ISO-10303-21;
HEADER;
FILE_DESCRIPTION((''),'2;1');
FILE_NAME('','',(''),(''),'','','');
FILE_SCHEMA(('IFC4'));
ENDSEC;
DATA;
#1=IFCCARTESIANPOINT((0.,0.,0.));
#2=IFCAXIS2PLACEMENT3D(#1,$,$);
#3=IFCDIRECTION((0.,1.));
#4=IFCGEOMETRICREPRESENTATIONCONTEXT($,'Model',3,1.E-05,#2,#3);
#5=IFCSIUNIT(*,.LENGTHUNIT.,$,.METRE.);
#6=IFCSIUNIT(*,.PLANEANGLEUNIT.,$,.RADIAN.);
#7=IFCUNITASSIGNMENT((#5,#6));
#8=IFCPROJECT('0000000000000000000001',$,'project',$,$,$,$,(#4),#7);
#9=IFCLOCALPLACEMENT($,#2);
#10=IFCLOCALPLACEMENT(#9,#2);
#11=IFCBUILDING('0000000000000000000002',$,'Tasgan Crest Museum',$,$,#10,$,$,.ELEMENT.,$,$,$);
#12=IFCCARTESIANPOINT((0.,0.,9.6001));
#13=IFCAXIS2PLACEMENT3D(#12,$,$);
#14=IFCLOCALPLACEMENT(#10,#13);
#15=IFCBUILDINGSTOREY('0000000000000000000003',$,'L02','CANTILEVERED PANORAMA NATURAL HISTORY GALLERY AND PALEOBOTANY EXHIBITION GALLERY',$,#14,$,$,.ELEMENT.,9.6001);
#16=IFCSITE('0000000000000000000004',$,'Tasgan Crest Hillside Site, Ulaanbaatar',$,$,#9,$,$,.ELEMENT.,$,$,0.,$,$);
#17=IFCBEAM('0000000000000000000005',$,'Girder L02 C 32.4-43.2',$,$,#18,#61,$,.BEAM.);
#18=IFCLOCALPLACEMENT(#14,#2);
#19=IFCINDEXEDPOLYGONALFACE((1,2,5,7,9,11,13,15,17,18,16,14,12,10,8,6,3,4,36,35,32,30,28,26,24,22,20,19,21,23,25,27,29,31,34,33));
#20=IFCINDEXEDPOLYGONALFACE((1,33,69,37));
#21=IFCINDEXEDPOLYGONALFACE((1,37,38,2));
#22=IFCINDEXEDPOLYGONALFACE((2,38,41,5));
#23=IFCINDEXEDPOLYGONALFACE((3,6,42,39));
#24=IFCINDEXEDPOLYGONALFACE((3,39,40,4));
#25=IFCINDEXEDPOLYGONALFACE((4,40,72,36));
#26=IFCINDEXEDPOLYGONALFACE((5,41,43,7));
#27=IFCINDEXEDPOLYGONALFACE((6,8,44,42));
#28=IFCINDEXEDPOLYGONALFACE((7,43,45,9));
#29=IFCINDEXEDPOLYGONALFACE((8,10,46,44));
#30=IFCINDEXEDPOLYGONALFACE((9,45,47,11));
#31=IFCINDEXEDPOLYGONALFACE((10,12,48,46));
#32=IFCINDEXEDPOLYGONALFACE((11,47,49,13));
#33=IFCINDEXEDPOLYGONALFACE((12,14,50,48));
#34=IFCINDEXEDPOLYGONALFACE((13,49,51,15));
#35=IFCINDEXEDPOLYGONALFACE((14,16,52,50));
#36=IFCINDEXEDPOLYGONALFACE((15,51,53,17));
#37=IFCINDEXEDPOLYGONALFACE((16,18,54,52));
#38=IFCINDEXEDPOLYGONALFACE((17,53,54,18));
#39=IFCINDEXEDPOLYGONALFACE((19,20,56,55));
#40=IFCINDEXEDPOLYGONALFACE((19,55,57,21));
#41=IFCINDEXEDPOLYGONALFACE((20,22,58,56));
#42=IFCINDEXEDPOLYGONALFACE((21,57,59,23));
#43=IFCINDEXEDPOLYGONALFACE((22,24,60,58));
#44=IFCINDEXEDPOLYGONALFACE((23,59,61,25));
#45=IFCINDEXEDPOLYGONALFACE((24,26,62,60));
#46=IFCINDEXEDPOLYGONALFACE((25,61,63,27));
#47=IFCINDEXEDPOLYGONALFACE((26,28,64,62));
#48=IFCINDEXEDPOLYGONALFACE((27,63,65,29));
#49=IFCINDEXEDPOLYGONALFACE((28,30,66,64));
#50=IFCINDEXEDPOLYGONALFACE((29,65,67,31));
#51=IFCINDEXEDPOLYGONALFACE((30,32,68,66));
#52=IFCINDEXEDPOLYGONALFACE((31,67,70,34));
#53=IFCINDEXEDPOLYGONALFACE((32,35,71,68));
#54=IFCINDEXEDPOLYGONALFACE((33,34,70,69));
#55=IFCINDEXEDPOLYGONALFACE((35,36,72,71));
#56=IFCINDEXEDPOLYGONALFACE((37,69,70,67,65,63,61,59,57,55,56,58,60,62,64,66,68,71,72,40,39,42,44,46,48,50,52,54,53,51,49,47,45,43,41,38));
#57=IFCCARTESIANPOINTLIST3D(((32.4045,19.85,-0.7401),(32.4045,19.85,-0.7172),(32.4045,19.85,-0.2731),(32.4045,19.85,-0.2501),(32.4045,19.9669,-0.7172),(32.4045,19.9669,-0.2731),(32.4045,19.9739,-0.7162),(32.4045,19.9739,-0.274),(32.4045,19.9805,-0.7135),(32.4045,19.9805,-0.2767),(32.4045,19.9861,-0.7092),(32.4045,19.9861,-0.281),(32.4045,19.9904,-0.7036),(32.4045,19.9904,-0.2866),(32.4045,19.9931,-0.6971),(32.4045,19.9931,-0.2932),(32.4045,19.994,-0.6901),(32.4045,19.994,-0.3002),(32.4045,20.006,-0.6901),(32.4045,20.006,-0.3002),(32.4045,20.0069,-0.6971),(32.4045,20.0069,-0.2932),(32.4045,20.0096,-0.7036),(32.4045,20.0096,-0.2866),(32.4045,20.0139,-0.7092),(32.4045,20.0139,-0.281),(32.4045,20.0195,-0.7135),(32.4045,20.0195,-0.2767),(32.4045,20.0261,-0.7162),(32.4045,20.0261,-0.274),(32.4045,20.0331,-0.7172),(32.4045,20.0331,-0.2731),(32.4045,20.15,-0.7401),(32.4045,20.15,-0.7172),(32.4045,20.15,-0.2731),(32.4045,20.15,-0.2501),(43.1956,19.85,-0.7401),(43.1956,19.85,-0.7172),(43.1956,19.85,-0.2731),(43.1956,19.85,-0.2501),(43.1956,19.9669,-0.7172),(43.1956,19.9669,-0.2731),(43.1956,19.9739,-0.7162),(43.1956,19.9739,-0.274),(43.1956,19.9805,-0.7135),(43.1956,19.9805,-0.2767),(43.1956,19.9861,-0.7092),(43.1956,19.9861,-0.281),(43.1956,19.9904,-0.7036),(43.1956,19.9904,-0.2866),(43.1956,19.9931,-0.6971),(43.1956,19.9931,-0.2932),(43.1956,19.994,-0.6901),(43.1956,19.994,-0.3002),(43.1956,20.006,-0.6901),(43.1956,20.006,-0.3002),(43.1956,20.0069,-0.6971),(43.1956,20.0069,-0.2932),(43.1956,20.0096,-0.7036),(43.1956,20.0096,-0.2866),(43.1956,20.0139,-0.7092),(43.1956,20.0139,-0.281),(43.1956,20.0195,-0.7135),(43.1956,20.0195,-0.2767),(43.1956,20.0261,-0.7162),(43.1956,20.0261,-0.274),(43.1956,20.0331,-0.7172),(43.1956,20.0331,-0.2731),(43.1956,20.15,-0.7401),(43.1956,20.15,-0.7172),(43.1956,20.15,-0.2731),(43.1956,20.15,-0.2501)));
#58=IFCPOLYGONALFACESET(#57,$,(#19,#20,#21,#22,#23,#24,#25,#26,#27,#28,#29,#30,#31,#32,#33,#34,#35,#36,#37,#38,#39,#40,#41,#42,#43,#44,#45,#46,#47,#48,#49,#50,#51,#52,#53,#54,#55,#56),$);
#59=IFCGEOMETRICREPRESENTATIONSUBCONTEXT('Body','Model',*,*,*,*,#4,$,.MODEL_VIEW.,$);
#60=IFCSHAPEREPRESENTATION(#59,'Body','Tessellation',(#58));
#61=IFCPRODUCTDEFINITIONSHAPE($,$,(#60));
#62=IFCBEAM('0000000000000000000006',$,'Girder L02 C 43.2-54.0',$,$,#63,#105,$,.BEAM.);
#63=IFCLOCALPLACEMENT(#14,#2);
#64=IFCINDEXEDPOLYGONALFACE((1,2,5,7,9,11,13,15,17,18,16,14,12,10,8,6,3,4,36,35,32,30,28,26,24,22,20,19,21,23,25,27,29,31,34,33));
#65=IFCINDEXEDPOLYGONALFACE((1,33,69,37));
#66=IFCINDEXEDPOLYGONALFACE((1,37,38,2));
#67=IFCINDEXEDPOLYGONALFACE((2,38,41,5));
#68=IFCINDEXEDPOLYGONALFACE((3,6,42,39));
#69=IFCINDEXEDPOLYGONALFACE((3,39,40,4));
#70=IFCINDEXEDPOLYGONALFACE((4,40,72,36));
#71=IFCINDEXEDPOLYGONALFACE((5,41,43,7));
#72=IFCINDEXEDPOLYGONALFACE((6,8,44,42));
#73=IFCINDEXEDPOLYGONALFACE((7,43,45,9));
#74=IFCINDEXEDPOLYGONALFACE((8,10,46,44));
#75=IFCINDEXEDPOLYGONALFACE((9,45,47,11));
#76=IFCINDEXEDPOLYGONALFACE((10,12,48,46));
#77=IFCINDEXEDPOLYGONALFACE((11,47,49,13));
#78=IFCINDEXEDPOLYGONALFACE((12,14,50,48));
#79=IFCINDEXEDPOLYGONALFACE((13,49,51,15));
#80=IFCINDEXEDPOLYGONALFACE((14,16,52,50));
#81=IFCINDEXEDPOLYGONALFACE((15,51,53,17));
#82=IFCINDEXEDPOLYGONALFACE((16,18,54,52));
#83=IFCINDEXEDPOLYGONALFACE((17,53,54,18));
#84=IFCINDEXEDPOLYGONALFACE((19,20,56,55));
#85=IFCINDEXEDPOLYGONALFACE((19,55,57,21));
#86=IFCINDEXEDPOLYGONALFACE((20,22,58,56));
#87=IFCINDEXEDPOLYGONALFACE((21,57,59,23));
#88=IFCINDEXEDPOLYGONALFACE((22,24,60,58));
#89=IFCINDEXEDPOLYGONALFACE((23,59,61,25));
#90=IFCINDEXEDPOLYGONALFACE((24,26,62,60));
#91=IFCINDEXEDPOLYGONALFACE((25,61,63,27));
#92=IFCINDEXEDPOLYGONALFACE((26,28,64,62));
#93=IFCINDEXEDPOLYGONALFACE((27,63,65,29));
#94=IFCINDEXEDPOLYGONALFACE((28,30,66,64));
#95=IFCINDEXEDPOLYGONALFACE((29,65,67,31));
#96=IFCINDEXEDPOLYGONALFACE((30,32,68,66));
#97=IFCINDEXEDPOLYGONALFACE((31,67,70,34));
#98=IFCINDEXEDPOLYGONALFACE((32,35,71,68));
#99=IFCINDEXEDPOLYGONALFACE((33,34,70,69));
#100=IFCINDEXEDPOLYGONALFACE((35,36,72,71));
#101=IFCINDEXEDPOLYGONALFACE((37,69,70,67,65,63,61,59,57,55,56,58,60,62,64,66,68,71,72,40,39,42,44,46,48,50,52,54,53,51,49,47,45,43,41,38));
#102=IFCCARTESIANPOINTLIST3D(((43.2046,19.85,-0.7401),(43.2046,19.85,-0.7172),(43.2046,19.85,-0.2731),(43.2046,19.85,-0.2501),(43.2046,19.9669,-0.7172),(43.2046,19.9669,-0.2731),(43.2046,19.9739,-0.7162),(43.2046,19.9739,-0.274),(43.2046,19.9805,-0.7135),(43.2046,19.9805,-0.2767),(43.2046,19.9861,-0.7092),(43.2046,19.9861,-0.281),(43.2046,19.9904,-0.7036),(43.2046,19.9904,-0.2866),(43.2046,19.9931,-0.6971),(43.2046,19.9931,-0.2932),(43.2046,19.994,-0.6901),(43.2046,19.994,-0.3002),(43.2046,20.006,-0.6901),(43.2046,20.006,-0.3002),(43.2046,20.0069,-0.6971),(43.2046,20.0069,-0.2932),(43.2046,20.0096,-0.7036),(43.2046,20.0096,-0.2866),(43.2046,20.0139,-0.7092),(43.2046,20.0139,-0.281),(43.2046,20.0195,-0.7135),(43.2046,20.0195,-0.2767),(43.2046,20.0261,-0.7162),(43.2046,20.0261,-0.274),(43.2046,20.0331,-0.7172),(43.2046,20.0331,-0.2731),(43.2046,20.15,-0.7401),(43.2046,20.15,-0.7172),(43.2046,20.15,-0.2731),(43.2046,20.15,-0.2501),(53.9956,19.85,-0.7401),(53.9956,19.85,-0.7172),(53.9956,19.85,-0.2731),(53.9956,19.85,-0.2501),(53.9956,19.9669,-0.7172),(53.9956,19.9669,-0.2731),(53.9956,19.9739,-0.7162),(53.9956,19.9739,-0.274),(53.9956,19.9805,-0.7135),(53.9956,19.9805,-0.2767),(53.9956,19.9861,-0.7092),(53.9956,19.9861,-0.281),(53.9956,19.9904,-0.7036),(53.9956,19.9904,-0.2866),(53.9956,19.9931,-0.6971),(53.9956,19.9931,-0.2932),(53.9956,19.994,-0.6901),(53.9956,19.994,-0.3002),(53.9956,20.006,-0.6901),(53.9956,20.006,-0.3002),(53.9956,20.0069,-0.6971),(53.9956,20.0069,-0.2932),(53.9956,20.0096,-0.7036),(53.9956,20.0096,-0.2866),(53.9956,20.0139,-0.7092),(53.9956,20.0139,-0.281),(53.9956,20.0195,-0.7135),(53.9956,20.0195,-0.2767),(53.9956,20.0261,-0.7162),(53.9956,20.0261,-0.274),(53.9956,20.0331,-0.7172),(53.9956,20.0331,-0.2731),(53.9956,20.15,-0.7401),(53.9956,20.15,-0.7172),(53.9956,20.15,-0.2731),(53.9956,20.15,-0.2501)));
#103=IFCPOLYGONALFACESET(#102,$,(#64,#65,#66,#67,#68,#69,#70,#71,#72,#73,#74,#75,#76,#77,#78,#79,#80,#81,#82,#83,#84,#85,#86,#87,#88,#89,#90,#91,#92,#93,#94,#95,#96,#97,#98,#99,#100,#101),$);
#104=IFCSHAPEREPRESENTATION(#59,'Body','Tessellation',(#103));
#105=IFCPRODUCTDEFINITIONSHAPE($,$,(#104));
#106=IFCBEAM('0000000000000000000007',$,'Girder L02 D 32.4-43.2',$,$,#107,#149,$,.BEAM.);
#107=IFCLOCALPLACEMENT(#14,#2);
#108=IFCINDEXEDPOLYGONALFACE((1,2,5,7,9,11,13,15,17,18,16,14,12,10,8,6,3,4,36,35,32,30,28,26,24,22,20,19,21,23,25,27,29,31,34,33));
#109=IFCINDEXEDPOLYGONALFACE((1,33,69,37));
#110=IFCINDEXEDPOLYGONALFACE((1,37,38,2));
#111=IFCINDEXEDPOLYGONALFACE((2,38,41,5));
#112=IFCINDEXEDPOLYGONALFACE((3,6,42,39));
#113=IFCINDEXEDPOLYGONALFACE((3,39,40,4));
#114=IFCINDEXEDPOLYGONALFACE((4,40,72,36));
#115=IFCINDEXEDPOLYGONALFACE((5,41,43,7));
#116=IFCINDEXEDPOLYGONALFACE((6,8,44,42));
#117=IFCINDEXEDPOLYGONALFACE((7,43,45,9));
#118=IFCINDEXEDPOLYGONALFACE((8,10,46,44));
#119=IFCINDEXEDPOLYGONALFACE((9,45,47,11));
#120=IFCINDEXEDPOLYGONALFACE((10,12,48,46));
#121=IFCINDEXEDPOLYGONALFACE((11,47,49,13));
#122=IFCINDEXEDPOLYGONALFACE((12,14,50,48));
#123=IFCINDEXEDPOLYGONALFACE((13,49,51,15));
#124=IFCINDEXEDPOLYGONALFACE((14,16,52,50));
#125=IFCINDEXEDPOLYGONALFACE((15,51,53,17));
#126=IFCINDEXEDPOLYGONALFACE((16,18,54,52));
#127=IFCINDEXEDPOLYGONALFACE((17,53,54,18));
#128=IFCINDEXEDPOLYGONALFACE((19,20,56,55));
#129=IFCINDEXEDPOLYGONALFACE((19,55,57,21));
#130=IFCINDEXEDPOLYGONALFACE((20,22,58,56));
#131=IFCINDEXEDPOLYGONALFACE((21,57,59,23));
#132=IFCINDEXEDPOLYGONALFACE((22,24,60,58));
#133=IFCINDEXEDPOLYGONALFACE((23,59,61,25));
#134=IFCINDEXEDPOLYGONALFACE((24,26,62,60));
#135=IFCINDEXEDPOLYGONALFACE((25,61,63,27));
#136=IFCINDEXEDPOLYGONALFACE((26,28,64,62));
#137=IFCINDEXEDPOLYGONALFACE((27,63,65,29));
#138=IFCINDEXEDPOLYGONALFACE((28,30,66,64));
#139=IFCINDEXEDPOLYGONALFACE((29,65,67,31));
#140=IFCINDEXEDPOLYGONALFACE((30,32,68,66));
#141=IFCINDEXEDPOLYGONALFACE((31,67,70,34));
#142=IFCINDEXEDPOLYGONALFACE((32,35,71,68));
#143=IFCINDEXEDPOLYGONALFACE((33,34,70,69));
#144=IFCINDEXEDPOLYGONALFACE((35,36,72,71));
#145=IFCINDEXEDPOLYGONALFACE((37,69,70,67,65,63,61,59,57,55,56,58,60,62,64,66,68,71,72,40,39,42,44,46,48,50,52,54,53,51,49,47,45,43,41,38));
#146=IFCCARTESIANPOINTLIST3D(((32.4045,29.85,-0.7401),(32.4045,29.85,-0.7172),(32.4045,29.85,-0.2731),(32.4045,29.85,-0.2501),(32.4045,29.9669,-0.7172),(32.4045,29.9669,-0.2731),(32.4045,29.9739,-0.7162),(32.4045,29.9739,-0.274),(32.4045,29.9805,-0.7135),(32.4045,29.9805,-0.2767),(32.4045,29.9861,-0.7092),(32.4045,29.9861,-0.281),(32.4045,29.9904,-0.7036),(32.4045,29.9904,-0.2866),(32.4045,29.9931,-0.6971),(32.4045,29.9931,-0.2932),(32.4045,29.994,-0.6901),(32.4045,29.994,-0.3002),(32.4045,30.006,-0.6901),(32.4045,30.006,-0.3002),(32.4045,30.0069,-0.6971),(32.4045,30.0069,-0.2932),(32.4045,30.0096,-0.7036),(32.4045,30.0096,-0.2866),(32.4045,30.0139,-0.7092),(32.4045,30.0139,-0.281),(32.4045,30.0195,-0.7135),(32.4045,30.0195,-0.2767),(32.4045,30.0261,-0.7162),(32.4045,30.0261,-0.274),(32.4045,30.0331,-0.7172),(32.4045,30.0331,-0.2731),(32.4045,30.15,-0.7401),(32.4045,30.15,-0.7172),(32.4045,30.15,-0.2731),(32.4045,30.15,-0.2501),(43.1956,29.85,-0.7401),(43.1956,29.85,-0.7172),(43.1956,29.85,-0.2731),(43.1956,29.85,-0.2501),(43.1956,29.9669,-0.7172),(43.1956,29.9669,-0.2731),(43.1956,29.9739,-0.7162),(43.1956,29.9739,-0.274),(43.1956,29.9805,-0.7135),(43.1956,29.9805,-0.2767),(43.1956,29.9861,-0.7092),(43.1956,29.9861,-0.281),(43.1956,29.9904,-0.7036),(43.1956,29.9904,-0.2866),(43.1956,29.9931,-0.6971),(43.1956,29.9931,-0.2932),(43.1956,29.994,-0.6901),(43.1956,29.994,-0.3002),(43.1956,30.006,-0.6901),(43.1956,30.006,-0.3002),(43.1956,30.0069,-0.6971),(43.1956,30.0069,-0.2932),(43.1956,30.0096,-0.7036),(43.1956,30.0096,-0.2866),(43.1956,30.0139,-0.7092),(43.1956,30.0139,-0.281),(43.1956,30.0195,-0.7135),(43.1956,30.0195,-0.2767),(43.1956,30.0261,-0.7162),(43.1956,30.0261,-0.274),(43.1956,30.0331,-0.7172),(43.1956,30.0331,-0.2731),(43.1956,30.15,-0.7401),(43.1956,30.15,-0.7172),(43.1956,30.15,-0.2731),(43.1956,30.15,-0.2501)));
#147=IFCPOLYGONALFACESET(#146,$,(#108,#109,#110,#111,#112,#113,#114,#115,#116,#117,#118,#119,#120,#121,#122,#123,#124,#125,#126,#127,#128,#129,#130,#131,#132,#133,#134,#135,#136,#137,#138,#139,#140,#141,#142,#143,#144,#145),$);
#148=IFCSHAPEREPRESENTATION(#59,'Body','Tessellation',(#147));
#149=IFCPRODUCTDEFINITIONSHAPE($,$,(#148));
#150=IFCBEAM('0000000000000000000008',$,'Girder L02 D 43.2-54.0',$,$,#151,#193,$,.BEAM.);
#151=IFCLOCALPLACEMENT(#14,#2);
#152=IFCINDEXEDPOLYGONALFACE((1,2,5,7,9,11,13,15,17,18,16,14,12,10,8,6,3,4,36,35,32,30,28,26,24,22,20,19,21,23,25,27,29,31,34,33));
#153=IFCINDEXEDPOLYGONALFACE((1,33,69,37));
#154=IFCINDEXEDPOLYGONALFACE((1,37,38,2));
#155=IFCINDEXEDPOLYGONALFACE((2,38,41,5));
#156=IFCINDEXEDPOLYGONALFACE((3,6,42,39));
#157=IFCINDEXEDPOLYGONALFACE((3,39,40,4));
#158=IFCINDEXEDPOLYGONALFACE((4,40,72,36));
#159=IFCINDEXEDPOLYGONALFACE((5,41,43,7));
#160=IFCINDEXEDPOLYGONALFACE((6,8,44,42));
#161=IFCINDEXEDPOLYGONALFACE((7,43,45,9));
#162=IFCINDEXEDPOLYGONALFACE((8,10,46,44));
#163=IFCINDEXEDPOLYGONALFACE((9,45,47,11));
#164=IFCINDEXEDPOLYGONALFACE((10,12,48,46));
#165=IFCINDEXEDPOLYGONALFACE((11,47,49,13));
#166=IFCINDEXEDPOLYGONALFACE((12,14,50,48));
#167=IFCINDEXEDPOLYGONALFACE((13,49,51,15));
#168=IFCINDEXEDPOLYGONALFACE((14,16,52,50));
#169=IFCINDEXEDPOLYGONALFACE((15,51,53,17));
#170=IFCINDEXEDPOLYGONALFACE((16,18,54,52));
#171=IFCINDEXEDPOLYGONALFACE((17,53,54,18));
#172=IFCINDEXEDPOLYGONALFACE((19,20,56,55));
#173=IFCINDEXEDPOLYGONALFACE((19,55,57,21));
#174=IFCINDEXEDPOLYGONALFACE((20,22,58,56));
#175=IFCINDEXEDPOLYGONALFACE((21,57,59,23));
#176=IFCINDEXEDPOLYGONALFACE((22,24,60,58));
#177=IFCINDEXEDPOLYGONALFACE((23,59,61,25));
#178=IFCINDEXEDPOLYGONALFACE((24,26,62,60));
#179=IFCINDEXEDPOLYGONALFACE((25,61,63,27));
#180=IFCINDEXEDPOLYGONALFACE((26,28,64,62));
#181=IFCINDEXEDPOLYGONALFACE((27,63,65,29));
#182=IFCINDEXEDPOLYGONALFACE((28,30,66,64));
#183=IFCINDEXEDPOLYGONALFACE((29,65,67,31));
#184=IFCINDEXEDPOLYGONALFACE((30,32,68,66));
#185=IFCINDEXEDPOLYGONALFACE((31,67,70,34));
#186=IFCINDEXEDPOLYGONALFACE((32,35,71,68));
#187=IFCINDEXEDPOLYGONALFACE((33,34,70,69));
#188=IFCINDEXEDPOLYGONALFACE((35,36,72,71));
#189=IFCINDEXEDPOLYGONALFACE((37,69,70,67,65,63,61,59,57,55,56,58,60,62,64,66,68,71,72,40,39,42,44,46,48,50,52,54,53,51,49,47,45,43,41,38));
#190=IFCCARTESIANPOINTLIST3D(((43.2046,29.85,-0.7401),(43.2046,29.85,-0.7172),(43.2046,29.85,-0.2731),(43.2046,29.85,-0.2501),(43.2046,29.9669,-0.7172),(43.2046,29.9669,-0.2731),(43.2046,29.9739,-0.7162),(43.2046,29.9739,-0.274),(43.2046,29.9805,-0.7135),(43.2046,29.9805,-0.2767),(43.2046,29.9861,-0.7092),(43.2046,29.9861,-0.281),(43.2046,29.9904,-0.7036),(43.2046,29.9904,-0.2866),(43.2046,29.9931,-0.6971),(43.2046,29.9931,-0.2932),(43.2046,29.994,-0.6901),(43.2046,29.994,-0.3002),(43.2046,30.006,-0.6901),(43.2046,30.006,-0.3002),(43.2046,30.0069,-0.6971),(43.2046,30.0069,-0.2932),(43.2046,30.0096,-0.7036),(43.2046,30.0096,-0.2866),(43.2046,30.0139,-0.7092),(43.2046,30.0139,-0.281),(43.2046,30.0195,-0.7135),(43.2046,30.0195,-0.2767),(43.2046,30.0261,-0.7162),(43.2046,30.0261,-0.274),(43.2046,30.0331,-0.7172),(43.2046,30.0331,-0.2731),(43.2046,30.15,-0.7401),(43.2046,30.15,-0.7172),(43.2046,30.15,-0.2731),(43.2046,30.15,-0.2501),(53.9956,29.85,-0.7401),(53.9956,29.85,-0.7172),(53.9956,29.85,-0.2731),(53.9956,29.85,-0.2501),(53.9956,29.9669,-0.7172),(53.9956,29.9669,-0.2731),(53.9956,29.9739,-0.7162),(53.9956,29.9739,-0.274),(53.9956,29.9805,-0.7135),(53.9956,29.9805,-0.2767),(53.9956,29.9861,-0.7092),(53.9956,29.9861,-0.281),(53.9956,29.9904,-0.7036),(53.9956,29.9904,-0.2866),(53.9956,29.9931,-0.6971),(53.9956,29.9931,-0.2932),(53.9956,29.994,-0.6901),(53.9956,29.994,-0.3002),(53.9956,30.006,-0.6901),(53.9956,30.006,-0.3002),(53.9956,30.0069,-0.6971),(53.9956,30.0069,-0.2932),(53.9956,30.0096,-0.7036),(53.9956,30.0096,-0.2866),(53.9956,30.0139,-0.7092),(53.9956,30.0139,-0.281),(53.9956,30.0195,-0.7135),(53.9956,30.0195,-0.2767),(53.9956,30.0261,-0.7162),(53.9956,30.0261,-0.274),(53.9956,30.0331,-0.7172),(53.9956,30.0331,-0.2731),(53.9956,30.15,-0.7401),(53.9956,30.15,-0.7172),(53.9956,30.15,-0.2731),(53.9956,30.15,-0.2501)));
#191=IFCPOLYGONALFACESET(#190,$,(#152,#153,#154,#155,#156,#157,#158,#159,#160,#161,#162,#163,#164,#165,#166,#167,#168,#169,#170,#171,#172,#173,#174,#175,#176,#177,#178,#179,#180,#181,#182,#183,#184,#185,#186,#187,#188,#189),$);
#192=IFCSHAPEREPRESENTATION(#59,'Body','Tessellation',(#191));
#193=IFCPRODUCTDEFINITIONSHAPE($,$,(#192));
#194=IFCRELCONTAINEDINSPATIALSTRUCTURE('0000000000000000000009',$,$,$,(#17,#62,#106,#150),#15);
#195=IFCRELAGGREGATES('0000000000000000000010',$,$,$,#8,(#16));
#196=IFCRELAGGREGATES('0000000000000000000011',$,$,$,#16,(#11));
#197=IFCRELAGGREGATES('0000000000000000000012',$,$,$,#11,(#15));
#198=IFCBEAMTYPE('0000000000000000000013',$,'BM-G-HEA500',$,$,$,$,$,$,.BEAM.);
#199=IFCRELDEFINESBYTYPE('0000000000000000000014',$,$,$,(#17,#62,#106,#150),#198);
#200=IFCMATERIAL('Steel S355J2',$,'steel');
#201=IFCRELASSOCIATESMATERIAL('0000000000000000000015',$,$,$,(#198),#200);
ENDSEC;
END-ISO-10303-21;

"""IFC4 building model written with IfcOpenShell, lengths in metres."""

from ifc_helpers import new_model, si_unit, direction, frame, origin, origin_2d, place, context, subcontext, project, spatial, i_section, extrude, material, material_profile, profile_set, type_object, element, save


model = new_model("IFC4")

# Units and contexts
model_context = context("Model", 3, precision=1e-05, world=origin(), true_north=direction((0.0, 1.0)))
body_context = subcontext(model_context, "Body", "Model", "MODEL_VIEW")
ifc_project = project(units=[si_unit("LENGTHUNIT", "METRE"), si_unit("PLANEANGLEUNIT", "RADIAN")], contexts=[model_context])

# Site, building, storey
site_placement = place(None, origin())
site = spatial("IfcSite", under=ifc_project, at=site_placement, Name="Tasgan Crest Hillside Site, Ulaanbaatar", CompositionType="ELEMENT", RefElevation=0.0)
building_placement = place(site_placement, origin())
building = spatial("IfcBuilding", under=site, at=building_placement, Name="Tasgan Crest Museum", CompositionType="ELEMENT")
storey_placement = place(building_placement, frame((0.0, 0.0, 9.6001)))
storey = spatial("IfcBuildingStorey", under=building, at=storey_placement, Name="L02", Description="CANTILEVERED PANORAMA NATURAL HISTORY GALLERY AND PALEOBOTANY EXHIBITION GALLERY", CompositionType="ELEMENT", Elevation=9.6001)

# Beams
ifc_material_1 = material(Name="Steel S355J2", Category="steel")
ifc_material_profile_1 = material_profile(ifc_material_1, i_section(OverallWidth=0.3, OverallDepth=0.49, WebThickness=0.012, FlangeThickness=0.0229, FilletRadius=0.0271, at=origin_2d()), Name="HEA 500")
ifc_profile_set_1 = profile_set([ifc_material_profile_1], Name="Steel S355J2")
beam_type_1 = type_object("IfcBeamType", Name="BM-G-HEA500", PredefinedType="BEAM", material=ifc_profile_set_1)
for number, where, z_axis, x_axis, name in (
    (1, (32.4045, 20.0, -0.4951), (1.0, 0.0, 0.0), (0.0, 1.0, 0.0), "Girder L02 C 32.4-43.2"),
    (2, (43.2046, 20.0, -0.4951), (1.0, 0.0, 0.0), (0.0, 1.0, 0.0), "Girder L02 C 43.2-54.0"),
    (3, (32.4045, 30.0, -0.4951), (1.0, 0.0, 0.0), (0.0, 1.0, 0.0), "Girder L02 D 32.4-43.2"),
    (4, (43.2046, 30.0, -0.4951), (1.0, 0.0, 0.0), (0.0, 1.0, 0.0), "Girder L02 D 43.2-54.0"),
):
    element("IfcBeam", number, at=place(storey_placement, frame(where, z_axis=z_axis, x_axis=x_axis)), inside=storey, type_object=beam_type_1, Name=name, PredefinedType="BEAM", context=body_context, shape_type="SweptSolid", body=[
        extrude(i_section(OverallWidth=0.3, OverallDepth=0.49, WebThickness=0.012, FlangeThickness=0.0229, FilletRadius=0.0271, at=origin_2d()), origin(), (0.0, 0.0, 1.0), 10.791),
    ])

save(model, "model.ifc")
